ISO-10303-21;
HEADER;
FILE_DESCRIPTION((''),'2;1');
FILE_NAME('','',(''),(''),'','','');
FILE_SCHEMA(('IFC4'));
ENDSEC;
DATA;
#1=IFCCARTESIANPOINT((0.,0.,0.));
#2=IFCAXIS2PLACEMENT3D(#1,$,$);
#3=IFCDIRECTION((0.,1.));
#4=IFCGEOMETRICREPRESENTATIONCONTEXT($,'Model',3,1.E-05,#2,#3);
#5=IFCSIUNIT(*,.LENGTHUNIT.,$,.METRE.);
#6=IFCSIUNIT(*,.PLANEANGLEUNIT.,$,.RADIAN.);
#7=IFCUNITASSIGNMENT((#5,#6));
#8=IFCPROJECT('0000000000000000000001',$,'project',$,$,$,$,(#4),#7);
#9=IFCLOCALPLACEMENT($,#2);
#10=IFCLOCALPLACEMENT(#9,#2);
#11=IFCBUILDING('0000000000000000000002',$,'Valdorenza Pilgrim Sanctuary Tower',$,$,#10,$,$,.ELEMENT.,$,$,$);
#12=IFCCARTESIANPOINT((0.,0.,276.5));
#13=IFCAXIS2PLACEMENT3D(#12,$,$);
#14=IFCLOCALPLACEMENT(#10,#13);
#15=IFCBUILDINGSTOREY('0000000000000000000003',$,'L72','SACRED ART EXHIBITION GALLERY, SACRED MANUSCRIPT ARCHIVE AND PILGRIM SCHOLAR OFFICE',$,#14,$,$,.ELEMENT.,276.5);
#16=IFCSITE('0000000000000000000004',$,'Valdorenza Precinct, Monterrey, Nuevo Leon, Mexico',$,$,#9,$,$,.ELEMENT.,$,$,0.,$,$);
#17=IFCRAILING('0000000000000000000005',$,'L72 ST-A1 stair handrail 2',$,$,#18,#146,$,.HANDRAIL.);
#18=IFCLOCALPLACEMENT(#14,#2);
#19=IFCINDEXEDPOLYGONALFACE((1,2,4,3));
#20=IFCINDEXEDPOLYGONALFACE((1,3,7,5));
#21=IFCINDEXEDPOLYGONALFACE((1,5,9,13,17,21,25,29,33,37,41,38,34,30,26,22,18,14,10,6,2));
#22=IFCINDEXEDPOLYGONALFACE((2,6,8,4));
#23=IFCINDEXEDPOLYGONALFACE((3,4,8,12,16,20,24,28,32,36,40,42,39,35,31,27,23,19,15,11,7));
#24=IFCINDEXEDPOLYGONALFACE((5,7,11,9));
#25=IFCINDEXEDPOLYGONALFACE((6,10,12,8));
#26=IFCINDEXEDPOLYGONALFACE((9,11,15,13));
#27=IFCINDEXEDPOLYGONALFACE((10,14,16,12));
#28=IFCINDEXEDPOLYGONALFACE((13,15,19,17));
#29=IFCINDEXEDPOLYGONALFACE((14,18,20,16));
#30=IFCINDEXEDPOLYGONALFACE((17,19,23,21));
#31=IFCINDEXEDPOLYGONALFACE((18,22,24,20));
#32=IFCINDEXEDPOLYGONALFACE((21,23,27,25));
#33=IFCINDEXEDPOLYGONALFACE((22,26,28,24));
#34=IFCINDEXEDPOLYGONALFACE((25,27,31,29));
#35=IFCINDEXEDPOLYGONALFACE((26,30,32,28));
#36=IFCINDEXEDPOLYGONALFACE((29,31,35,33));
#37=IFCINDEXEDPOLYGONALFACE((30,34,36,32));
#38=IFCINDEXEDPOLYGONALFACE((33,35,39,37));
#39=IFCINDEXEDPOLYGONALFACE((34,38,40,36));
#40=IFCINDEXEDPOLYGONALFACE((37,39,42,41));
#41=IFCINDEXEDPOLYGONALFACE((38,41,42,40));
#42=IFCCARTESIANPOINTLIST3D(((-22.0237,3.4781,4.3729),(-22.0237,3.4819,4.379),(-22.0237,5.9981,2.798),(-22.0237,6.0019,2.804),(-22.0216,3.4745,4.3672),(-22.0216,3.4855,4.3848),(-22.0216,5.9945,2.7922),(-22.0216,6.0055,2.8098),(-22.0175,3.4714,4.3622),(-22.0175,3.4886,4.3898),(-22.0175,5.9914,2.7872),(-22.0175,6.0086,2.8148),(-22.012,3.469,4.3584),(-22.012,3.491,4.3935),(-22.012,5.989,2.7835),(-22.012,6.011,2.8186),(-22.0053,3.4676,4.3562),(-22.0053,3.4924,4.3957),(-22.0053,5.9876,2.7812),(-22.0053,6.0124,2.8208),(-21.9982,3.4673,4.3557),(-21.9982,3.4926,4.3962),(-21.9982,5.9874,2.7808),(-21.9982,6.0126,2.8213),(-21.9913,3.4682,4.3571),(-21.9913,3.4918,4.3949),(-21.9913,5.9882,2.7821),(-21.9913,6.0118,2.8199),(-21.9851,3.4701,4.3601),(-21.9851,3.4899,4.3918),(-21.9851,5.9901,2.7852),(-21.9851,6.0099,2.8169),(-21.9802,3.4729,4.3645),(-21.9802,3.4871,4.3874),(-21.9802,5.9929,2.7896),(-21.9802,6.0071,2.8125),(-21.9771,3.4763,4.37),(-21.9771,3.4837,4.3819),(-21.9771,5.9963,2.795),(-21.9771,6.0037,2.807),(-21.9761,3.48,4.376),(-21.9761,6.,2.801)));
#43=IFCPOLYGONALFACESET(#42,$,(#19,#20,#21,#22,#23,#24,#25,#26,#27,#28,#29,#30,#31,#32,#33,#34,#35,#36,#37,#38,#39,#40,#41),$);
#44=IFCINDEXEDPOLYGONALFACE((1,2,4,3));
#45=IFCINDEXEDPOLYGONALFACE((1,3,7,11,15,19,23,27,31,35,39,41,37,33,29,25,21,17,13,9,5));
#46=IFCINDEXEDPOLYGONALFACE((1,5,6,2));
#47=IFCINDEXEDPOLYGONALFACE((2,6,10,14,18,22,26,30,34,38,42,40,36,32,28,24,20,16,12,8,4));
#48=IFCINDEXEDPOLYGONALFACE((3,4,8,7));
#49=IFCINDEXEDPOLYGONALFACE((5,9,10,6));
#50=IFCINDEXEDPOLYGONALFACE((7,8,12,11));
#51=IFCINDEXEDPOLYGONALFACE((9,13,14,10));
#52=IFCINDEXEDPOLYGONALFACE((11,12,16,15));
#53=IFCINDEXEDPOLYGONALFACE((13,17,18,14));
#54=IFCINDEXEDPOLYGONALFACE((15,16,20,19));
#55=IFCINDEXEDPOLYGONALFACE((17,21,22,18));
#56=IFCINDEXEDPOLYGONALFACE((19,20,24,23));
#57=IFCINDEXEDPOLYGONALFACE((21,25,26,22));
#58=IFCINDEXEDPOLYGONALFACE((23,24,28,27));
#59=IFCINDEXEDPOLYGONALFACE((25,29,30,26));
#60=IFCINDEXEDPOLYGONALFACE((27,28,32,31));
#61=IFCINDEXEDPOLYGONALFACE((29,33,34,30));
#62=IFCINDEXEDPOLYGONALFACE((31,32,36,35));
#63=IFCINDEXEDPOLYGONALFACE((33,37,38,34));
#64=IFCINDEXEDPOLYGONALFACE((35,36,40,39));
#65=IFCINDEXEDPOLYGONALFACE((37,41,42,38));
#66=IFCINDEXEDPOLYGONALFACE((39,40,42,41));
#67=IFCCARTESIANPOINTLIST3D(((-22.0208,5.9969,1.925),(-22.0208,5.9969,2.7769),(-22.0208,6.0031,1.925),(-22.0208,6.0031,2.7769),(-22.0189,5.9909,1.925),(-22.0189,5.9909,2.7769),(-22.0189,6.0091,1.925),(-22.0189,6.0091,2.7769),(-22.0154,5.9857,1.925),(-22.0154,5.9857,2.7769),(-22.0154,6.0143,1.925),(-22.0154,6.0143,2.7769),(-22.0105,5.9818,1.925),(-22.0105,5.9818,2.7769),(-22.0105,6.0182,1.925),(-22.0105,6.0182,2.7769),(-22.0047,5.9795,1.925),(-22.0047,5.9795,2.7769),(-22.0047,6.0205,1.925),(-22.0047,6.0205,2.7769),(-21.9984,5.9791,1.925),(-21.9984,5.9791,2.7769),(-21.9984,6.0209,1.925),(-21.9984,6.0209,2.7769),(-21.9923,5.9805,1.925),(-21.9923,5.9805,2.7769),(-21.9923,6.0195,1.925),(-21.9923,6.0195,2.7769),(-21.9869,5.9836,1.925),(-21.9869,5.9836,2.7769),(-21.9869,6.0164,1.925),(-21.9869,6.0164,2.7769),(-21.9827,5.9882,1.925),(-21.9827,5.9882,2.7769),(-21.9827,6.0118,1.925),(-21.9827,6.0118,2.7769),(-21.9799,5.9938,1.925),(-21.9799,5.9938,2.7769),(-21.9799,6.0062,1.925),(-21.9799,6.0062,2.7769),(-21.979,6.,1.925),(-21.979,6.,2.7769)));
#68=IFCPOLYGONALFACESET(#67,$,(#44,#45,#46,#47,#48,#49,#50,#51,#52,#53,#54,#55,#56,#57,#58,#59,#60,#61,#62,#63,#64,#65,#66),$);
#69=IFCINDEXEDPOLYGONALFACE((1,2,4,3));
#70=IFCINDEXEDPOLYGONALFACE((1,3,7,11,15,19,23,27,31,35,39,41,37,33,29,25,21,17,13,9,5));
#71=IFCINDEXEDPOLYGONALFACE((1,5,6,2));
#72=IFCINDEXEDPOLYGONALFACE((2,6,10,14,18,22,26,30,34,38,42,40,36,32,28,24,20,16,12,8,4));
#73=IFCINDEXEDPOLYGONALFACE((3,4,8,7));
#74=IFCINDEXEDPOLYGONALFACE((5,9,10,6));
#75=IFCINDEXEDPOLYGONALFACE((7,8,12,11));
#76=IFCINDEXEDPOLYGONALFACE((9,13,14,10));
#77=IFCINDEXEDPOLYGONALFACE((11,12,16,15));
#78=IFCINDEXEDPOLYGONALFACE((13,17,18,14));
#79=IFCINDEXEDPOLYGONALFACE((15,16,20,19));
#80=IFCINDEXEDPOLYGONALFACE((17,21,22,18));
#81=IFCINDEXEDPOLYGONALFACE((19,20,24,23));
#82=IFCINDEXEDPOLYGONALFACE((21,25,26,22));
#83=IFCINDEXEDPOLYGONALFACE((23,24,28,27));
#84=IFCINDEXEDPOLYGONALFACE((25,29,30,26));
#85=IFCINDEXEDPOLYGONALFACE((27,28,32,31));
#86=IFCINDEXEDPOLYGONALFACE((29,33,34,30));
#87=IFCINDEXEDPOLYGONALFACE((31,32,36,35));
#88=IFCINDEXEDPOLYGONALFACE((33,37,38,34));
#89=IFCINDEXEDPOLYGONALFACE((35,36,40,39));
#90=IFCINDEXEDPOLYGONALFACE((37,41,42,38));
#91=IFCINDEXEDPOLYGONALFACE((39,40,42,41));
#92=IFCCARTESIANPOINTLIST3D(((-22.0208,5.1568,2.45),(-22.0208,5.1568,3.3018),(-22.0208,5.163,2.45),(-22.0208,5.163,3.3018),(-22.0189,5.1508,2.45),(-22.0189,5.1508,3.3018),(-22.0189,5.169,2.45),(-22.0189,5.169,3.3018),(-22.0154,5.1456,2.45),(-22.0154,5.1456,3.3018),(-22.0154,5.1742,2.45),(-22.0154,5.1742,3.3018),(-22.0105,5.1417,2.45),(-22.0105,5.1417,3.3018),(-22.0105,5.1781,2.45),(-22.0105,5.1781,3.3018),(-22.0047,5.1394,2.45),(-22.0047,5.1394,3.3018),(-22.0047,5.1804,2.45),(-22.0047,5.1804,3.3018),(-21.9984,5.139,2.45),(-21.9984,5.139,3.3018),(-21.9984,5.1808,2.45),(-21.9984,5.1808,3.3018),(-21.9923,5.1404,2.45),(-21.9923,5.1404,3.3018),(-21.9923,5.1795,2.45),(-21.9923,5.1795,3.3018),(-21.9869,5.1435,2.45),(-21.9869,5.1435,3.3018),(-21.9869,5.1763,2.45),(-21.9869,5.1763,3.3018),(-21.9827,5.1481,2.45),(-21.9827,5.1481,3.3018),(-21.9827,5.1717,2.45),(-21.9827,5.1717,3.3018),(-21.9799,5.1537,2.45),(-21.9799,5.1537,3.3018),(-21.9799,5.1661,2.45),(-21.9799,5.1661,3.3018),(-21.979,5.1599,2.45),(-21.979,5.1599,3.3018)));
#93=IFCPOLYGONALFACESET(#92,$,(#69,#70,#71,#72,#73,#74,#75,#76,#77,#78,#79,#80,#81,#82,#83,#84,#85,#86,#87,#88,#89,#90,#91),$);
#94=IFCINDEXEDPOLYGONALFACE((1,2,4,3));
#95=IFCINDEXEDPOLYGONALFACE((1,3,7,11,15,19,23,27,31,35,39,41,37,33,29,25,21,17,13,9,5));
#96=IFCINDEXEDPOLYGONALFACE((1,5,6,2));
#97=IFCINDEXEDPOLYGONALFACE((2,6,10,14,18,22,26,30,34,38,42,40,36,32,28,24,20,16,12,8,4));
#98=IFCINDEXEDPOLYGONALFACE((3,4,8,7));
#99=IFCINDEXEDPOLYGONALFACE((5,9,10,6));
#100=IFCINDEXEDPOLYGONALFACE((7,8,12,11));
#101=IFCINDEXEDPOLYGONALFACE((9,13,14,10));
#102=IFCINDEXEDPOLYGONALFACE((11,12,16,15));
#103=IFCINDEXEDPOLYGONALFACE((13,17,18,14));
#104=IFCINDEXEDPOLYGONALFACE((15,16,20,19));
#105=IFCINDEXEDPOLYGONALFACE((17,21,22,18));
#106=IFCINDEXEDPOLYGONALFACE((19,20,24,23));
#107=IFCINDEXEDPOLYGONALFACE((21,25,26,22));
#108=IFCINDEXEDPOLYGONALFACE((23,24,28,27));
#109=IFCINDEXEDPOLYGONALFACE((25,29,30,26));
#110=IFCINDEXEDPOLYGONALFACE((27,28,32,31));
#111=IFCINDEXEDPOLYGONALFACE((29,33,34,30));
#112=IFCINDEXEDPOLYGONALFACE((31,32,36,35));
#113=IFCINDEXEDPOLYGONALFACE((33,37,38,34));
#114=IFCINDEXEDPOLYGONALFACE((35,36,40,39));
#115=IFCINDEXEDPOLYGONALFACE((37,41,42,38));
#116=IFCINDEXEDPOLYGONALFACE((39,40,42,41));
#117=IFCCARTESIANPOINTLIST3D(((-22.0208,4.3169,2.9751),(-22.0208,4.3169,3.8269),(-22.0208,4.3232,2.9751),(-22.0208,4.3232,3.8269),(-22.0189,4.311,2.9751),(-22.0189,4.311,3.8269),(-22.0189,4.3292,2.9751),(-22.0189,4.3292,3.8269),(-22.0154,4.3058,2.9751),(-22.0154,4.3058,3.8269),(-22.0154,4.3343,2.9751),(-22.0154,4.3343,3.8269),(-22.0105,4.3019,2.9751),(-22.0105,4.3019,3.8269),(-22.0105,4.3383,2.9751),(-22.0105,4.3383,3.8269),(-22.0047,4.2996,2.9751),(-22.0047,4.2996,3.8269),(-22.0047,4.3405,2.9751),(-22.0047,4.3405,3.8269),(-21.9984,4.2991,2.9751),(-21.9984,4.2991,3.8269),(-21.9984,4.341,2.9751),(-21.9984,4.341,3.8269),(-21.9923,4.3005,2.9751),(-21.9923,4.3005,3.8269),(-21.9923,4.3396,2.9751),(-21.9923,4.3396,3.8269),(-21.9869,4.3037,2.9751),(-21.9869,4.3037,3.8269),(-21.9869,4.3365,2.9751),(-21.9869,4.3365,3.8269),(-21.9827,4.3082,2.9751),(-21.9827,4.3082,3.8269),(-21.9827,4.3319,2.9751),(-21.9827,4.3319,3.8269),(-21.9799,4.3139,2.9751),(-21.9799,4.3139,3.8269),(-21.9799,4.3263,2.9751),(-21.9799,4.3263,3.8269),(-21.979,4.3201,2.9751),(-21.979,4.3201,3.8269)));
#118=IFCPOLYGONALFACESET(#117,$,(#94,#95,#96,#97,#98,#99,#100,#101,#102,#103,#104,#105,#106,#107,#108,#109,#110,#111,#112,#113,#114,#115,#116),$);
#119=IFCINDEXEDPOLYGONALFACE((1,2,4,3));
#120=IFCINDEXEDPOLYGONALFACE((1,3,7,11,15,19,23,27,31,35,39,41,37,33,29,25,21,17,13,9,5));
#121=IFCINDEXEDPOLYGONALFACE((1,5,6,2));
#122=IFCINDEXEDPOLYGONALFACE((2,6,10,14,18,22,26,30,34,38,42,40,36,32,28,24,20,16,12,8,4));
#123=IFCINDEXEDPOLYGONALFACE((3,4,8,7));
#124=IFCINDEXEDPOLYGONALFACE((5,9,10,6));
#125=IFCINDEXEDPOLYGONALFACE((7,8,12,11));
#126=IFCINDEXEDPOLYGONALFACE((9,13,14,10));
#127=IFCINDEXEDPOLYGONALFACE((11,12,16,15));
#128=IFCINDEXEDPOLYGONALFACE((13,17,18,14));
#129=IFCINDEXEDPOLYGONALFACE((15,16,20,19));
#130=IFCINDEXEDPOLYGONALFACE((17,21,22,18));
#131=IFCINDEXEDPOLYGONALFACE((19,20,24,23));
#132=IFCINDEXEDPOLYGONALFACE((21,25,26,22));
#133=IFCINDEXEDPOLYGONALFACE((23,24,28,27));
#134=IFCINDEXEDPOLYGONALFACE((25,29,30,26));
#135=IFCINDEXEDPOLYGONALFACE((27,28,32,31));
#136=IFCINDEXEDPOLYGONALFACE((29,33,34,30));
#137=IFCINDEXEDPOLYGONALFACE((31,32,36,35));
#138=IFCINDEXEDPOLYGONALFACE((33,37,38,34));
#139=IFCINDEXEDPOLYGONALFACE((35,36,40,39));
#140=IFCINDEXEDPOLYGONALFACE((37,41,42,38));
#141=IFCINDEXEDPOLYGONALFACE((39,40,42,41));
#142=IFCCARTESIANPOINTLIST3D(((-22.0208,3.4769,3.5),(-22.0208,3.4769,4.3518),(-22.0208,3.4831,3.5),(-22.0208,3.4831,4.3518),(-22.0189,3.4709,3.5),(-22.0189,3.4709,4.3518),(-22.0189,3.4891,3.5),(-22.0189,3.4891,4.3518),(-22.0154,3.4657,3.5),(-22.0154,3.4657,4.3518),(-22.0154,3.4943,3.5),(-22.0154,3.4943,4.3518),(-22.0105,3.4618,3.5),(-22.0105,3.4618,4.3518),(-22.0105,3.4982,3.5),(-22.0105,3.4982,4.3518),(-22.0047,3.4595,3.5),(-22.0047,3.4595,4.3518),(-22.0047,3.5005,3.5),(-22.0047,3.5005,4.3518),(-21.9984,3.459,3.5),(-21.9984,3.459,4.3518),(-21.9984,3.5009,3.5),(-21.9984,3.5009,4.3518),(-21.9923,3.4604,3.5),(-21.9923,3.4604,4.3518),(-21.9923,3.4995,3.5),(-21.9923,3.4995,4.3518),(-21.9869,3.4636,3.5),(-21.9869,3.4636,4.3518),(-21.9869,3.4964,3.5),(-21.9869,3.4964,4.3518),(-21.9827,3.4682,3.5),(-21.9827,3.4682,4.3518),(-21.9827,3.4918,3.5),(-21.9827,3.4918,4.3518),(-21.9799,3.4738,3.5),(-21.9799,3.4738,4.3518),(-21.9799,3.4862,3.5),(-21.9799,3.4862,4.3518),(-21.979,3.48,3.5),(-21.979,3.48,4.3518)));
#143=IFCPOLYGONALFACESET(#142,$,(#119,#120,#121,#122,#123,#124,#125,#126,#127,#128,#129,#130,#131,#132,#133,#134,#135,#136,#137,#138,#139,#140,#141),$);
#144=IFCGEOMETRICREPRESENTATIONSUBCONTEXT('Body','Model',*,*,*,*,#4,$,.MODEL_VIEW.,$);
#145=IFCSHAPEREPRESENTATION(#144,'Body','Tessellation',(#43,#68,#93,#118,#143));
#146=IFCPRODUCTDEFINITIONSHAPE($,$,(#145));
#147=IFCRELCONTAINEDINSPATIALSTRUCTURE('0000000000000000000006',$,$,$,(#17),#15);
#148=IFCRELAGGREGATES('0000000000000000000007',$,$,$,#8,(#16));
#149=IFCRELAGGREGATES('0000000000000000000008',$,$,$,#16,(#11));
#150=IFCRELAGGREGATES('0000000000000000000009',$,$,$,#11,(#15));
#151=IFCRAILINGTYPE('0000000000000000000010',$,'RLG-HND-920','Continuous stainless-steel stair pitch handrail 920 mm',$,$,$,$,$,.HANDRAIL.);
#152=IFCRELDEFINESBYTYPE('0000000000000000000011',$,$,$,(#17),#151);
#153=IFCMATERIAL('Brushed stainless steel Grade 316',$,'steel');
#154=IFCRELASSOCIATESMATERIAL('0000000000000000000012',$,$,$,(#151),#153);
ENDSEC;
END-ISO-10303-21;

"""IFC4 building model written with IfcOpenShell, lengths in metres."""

from ifc_helpers import new_model, si_unit, direction, frame, origin, origin_2d, place, context, subcontext, project, spatial, circle, extrude, material, type_object, element, save


model = new_model("IFC4")

# Units and contexts
model_context = context("Model", 3, precision=1e-05, world=origin(), true_north=direction((0.0, 1.0)))
body_context = subcontext(model_context, "Body", "Model", "MODEL_VIEW")
ifc_project = project(units=[si_unit("LENGTHUNIT", "METRE"), si_unit("PLANEANGLEUNIT", "RADIAN")], contexts=[model_context])

# Site, building, storey
site_placement = place(None, origin())
site = spatial("IfcSite", under=ifc_project, at=site_placement, Name="Valdorenza Precinct, Monterrey, Nuevo Leon, Mexico", CompositionType="ELEMENT", RefElevation=0.0)
building_placement = place(site_placement, origin())
building = spatial("IfcBuilding", under=site, at=building_placement, Name="Valdorenza Pilgrim Sanctuary Tower", CompositionType="ELEMENT")
storey_placement = place(building_placement, frame((0.0, 0.0, 276.5)))
storey = spatial("IfcBuildingStorey", under=building, at=storey_placement, Name="L72", Description="SACRED ART EXHIBITION GALLERY, SACRED MANUSCRIPT ARCHIVE AND PILGRIM SCHOLAR OFFICE", CompositionType="ELEMENT", Elevation=276.5)

# Railing
ifc_material_1 = material(Name="Brushed stainless steel Grade 316", Category="steel")
railing_type_1 = type_object("IfcRailingType", Name="RLG-HND-920", Description="Continuous stainless-steel stair pitch handrail 920 mm", PredefinedType="HANDRAIL", material=ifc_material_1)
railing_1_placement = place(storey_placement, frame((-22.0, 6.0, 1.925)))
element("IfcRailing", 1, at=railing_1_placement, inside=storey, type_object=railing_type_1, Name="L72 ST-A1 stair handrail 2", PredefinedType="HANDRAIL", context=body_context, shape_type="SweptSolid", body=[
    extrude(circle(Radius=0.0239, at=origin_2d()), frame((0.0, 0.0, 0.876), z_axis=(0.0, -0.848008, 0.529984), x_axis=(1.0, 0.0, 0.0)), (0.0, 0.0, 1.0), 2.9717),
    extrude(circle(Radius=0.021, at=origin_2d()), origin(), (0.0, 0.0, 1.0), 0.8518),
    extrude(circle(Radius=0.021, at=origin_2d()), frame((0.0, -0.8401, 0.5249)), (0.0, 0.0, 1.0), 0.8518),
    extrude(circle(Radius=0.021, at=origin_2d()), frame((0.0, -1.6799, 1.05)), (0.0, 0.0, 1.0), 0.8518),
    extrude(circle(Radius=0.021, at=origin_2d()), frame((0.0, -2.52, 1.575)), (0.0, 0.0, 1.0), 0.8518),
])

save(model, "model.ifc")
